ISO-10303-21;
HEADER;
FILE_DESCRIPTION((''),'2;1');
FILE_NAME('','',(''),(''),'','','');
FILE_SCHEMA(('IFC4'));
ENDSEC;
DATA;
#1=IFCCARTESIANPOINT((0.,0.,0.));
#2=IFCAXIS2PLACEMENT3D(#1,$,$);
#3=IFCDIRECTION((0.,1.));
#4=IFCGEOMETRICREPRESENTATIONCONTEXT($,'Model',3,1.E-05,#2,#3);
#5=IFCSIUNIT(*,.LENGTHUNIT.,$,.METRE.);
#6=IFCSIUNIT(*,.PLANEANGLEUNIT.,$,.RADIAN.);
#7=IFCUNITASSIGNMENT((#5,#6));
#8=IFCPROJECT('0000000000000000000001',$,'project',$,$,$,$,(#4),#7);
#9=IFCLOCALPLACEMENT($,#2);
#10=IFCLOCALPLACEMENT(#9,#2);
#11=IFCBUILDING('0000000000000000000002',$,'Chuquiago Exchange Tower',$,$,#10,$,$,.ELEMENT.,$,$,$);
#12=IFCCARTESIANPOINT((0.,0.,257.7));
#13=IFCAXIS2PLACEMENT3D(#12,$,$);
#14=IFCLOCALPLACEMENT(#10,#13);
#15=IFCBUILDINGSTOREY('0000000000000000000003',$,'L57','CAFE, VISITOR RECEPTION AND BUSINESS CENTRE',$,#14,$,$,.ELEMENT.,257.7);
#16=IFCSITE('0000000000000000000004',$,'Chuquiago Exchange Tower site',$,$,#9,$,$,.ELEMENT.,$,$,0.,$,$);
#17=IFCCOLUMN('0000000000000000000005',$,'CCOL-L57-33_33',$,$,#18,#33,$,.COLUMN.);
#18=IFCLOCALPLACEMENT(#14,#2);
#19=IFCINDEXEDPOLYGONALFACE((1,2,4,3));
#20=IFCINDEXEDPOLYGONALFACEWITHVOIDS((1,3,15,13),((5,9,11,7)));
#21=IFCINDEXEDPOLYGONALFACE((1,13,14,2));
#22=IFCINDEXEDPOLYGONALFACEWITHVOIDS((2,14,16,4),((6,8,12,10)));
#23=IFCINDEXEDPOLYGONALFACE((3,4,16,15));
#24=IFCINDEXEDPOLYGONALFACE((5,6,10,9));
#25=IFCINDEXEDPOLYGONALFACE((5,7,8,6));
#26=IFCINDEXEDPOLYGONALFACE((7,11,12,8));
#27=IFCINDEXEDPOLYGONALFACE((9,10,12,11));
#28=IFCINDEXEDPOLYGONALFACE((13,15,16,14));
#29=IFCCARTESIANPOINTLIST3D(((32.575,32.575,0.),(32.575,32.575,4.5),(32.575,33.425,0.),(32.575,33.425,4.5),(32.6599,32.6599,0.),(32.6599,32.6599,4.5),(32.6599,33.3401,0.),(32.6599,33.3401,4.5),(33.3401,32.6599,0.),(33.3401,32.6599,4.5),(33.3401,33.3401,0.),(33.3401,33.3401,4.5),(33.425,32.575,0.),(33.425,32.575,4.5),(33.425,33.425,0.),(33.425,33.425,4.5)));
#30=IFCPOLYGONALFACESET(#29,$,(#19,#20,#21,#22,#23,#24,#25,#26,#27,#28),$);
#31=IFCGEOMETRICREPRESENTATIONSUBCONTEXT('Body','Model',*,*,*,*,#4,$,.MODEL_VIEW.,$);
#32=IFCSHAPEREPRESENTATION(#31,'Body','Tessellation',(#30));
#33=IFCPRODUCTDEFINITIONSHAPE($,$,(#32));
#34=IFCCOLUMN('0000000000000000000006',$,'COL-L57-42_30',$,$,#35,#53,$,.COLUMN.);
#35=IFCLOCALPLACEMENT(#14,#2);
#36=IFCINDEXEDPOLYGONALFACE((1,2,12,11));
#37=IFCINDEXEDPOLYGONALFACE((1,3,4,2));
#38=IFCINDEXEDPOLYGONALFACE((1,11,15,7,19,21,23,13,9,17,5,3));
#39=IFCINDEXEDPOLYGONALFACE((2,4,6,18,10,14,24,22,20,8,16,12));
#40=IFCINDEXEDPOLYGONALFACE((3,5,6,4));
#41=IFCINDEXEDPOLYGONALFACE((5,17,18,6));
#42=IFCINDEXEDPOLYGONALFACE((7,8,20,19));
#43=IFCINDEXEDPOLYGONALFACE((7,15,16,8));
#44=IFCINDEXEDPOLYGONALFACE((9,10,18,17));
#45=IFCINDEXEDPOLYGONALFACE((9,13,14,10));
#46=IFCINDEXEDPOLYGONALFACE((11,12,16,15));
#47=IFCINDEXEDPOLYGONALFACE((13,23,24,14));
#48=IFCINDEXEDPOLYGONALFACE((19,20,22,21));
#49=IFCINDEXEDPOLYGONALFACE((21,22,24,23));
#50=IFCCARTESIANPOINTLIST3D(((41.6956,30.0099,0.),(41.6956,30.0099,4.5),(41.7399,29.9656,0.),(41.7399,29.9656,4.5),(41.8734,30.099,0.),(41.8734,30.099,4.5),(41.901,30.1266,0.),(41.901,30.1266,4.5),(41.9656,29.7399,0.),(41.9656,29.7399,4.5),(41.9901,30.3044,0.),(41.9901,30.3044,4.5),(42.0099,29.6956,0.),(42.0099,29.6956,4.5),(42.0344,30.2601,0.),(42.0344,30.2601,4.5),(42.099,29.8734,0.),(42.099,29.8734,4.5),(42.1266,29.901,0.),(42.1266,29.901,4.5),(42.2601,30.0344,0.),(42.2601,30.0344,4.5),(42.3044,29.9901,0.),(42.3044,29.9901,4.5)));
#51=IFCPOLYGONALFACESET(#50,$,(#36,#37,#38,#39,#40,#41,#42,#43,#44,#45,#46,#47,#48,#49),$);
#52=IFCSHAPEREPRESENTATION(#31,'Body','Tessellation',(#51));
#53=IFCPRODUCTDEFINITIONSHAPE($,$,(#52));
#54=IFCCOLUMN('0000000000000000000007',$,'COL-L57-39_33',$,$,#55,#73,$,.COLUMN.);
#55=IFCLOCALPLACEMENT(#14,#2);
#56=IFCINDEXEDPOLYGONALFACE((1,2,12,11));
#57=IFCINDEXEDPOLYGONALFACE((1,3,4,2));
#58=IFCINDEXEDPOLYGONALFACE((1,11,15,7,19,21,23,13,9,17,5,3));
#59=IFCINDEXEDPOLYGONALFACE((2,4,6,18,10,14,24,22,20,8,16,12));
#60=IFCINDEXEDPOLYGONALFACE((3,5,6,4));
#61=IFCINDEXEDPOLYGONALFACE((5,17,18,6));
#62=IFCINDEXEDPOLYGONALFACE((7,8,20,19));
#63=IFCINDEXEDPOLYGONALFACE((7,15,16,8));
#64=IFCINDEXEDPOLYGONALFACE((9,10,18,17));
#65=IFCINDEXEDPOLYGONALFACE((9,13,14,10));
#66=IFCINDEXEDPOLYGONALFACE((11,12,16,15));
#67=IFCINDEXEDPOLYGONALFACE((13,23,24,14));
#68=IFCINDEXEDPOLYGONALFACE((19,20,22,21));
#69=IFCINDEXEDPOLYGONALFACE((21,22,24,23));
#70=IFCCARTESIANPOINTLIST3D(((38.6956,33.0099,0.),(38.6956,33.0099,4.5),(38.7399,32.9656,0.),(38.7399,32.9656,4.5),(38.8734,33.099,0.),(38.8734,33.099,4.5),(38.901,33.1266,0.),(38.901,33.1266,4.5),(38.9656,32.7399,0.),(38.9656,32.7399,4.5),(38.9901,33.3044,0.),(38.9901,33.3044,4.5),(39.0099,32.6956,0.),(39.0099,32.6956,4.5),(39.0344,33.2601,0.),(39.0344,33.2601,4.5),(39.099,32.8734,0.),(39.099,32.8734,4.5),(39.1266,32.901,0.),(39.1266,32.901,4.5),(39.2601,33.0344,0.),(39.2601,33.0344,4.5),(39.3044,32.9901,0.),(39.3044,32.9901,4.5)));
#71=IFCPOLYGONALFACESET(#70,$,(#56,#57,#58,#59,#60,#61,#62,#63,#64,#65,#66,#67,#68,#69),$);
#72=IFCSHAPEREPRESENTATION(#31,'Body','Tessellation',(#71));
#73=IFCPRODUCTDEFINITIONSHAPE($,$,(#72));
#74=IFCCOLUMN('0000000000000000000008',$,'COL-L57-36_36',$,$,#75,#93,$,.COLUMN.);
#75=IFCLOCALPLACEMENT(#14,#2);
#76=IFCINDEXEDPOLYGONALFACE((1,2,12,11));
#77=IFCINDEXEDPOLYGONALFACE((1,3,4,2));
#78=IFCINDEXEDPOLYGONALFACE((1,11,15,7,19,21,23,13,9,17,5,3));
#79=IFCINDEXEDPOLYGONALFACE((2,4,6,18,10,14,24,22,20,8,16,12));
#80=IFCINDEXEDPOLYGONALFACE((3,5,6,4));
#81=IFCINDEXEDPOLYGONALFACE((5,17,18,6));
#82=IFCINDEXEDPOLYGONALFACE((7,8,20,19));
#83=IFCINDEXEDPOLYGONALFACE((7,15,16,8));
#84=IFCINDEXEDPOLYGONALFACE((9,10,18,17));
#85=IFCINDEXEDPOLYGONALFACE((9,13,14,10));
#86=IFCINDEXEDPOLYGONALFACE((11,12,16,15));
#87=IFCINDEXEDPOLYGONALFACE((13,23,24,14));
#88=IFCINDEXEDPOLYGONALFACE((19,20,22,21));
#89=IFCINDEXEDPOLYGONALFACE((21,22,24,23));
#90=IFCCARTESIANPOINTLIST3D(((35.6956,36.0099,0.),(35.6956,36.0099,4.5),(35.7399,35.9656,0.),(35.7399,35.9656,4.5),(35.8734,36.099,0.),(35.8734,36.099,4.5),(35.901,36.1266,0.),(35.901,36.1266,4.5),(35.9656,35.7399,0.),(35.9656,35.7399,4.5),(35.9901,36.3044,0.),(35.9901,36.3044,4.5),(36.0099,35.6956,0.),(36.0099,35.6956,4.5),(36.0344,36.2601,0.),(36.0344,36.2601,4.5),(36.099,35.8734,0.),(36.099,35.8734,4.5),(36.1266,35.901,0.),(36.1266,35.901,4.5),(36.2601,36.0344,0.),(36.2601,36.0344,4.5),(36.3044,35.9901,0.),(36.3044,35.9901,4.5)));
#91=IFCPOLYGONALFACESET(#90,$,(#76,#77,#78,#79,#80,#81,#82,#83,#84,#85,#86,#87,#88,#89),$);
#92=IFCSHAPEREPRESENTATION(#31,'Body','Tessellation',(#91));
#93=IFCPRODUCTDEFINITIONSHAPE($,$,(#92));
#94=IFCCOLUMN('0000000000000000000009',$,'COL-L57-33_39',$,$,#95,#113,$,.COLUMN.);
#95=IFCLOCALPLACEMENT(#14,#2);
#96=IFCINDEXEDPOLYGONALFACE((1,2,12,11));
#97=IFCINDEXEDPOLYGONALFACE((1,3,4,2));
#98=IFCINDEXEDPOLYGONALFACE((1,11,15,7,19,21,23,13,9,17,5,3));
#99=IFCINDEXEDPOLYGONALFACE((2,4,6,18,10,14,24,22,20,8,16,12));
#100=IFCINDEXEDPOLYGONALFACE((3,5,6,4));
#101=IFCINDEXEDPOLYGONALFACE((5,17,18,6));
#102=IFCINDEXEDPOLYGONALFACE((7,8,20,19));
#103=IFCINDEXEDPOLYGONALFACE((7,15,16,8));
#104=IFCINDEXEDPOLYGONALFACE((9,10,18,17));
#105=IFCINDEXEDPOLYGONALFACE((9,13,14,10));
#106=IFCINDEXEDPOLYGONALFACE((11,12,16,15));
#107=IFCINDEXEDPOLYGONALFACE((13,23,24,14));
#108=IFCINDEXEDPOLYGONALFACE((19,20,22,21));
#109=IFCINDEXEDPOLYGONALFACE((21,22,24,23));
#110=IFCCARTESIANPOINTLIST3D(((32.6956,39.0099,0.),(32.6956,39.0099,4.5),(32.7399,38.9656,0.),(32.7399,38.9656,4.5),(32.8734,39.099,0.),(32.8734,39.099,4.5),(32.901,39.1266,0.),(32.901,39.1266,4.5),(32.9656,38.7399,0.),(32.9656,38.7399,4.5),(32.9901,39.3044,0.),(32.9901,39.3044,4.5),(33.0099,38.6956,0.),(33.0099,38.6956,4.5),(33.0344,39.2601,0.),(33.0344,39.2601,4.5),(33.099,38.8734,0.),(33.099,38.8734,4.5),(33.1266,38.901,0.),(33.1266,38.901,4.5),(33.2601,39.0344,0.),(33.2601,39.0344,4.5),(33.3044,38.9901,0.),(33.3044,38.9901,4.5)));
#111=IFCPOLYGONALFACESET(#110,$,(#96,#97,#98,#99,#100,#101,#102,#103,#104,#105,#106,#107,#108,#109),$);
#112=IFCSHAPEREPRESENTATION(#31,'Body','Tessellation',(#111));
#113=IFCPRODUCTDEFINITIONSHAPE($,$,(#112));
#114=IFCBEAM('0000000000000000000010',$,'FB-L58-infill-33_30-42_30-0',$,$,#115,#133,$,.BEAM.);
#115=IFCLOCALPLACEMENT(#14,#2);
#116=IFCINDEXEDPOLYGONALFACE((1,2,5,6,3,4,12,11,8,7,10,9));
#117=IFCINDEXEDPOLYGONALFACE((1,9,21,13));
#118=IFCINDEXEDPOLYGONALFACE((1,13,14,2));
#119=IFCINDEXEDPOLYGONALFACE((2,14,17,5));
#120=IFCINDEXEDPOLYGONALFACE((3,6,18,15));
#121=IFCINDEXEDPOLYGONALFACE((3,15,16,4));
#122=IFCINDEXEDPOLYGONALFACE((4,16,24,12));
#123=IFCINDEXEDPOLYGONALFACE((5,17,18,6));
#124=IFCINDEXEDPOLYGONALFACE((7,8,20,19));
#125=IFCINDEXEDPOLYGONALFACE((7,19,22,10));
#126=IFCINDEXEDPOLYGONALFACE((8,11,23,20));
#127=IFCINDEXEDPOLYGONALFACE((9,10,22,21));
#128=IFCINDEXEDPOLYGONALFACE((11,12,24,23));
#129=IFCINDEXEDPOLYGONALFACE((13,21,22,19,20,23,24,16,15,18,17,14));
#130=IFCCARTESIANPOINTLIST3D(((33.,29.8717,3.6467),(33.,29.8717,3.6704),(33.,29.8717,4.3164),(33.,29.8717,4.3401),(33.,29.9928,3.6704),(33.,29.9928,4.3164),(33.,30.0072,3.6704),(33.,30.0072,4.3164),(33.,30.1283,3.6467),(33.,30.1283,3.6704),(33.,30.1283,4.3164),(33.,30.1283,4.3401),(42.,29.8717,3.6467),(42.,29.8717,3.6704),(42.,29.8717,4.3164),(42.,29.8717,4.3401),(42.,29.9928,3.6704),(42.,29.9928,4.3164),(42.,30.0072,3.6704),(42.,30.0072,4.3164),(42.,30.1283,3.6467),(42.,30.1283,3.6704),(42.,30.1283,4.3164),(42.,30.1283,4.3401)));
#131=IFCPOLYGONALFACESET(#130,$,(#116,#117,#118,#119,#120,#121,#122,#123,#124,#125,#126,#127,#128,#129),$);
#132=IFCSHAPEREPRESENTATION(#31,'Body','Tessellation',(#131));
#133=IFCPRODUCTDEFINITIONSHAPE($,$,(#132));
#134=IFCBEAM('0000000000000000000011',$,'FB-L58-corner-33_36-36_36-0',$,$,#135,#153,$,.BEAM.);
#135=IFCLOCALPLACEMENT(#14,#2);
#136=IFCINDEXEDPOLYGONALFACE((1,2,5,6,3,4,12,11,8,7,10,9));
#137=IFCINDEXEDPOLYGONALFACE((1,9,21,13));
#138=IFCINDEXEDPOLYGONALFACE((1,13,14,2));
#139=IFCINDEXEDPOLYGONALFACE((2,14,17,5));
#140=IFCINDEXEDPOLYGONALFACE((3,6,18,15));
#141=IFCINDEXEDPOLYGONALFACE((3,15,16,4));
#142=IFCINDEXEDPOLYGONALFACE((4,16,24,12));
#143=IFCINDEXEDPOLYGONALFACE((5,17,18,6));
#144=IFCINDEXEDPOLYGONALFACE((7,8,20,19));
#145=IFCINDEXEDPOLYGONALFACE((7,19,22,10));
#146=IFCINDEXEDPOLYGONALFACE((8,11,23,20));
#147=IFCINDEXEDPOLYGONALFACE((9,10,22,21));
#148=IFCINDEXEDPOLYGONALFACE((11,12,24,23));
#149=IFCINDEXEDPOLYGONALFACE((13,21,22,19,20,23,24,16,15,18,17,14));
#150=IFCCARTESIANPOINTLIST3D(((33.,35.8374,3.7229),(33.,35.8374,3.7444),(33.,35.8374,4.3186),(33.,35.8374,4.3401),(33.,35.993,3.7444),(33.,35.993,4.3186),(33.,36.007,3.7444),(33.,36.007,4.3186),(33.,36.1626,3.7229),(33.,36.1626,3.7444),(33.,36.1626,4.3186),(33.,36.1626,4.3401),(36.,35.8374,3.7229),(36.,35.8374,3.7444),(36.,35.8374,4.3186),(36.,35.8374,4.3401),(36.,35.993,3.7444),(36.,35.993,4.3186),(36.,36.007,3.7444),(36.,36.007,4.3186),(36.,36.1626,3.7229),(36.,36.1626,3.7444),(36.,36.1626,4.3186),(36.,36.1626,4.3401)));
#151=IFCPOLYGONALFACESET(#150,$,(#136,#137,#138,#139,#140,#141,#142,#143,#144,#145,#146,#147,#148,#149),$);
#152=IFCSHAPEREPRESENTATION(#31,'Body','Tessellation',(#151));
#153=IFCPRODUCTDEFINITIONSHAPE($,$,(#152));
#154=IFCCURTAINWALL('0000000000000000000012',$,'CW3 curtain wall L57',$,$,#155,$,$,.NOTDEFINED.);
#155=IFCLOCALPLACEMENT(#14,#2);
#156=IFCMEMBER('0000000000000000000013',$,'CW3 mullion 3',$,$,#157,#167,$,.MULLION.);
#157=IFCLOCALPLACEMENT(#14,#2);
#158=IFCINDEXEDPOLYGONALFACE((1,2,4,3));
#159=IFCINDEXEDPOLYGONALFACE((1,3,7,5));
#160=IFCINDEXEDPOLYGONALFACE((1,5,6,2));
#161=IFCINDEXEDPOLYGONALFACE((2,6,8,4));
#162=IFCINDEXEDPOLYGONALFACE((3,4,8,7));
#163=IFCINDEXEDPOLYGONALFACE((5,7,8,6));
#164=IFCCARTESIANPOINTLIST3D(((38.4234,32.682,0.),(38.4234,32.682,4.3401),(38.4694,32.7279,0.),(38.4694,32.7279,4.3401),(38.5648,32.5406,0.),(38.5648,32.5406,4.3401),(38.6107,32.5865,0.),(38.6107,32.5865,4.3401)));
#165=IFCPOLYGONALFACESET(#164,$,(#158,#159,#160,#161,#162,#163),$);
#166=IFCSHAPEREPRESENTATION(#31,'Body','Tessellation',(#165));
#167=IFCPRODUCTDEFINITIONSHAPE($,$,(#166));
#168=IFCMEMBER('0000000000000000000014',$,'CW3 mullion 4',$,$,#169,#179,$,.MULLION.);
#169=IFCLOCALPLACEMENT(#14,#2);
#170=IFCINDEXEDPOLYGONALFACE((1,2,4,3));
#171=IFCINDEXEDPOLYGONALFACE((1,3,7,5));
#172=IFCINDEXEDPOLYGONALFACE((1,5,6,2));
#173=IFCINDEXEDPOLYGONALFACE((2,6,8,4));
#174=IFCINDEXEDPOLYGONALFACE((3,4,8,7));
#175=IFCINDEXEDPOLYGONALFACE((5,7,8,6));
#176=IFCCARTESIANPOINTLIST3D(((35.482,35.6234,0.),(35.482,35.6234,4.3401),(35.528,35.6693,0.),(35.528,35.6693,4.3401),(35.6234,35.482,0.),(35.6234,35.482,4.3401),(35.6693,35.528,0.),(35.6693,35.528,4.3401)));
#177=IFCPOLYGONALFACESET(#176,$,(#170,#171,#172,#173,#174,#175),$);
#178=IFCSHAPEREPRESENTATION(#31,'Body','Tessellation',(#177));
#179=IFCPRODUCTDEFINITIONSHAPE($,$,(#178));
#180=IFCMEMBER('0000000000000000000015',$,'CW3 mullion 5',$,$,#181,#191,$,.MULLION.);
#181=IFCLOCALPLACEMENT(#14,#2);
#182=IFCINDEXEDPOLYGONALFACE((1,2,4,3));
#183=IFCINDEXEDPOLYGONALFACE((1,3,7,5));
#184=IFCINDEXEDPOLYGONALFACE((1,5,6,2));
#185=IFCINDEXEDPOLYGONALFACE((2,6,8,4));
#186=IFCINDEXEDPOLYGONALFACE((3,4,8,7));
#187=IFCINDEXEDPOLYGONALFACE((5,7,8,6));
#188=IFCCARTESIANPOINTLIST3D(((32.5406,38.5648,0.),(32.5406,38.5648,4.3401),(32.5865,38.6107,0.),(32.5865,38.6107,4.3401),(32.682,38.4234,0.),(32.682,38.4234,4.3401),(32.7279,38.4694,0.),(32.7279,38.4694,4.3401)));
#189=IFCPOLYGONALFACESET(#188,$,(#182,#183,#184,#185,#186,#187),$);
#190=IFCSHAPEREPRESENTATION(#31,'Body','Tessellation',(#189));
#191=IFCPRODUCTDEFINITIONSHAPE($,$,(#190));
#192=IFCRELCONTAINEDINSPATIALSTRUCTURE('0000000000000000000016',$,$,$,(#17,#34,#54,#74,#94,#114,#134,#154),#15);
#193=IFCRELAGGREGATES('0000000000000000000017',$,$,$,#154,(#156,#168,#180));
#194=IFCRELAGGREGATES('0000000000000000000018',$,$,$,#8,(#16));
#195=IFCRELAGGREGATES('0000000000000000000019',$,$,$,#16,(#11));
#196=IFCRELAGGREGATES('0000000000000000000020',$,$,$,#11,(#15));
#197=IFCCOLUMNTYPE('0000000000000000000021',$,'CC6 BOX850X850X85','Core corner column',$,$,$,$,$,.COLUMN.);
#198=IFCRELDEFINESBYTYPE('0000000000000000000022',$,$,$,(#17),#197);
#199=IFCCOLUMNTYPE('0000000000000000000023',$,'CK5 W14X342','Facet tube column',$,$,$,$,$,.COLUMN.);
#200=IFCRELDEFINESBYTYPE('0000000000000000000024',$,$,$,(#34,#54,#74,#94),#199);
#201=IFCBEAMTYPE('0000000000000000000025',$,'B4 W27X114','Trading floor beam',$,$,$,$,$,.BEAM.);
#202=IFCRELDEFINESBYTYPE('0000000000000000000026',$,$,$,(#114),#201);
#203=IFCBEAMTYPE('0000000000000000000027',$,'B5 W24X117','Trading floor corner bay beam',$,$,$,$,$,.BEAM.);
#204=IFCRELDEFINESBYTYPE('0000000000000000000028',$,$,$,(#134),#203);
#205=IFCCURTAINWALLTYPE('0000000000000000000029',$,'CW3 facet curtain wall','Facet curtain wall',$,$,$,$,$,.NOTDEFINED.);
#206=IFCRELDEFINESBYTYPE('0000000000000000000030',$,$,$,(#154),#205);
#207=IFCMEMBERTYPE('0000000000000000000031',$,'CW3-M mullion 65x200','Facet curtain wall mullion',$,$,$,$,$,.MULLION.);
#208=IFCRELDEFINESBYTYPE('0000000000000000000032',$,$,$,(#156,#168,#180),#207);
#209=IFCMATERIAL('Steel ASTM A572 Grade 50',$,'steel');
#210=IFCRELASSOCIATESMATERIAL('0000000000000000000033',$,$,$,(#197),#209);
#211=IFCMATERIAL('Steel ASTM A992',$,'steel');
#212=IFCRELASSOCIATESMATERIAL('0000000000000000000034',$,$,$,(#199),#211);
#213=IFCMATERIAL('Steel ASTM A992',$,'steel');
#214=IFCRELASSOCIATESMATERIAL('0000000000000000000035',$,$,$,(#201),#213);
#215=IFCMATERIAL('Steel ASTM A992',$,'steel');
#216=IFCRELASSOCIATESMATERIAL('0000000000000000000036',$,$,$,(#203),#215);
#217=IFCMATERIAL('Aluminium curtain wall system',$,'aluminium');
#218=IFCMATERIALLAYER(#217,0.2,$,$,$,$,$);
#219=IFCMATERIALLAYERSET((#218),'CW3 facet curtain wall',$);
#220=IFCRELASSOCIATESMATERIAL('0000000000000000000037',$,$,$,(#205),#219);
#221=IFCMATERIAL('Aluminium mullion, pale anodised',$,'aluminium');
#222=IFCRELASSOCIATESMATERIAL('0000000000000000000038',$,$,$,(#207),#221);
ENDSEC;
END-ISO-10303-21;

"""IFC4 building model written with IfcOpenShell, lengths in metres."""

from ifc_helpers import new_model, si_unit, direction, frame, origin, origin_2d, place, context, subcontext, project, spatial, rectangle, hollow_rectangle, i_section, extrude, material, layer, layer_set, material_profile, profile_set, type_object, element, aggregate, save


model = new_model("IFC4")

# Units and contexts
model_context = context("Model", 3, precision=1e-05, world=origin(), true_north=direction((0.0, 1.0)))
body_context = subcontext(model_context, "Body", "Model", "MODEL_VIEW")
ifc_project = project(units=[si_unit("LENGTHUNIT", "METRE"), si_unit("PLANEANGLEUNIT", "RADIAN")], contexts=[model_context])

# Site, building, storey
site_placement = place(None, origin())
site = spatial("IfcSite", under=ifc_project, at=site_placement, Name="Chuquiago Exchange Tower site", CompositionType="ELEMENT", RefElevation=0.0)
building_placement = place(site_placement, origin())
building = spatial("IfcBuilding", under=site, at=building_placement, Name="Chuquiago Exchange Tower", CompositionType="ELEMENT")
storey_placement = place(building_placement, frame((0.0, 0.0, 257.7)))
storey = spatial("IfcBuildingStorey", under=building, at=storey_placement, Name="L57", Description="CAFE, VISITOR RECEPTION AND BUSINESS CENTRE", CompositionType="ELEMENT", Elevation=257.7)

# Columns
ifc_material_1 = material(Name="Steel ASTM A572 Grade 50", Category="steel")
ifc_material_profile_1 = material_profile(ifc_material_1, hollow_rectangle(XDim=0.8501, YDim=0.8501, WallThickness=0.085, at=origin_2d()), Name="BOX850X850X85")
ifc_profile_set_1 = profile_set([ifc_material_profile_1], Name="Steel ASTM A572 Grade 50")
column_type_1 = type_object("IfcColumnType", Name="CC6 BOX850X850X85", Description="Core corner column", PredefinedType="COLUMN", material=ifc_profile_set_1)
column_placement = place(storey_placement, frame((33.0, 33.0, 0.0), z_axis=(0.0, 0.0, 1.0), x_axis=(1.0, 0.0, 0.0)))
element("IfcColumn", 1, at=column_placement, inside=storey, type_object=column_type_1, Name="CCOL-L57-33_33", PredefinedType="COLUMN", context=body_context, shape_type="SweptSolid", body=[
    extrude(hollow_rectangle(XDim=0.8501, YDim=0.8501, WallThickness=0.085, at=origin_2d()), origin(), (0.0, 0.0, 1.0), 4.5),
])
ifc_material_2 = material(Name="Steel ASTM A992", Category="steel")
ifc_material_profile_2 = material_profile(ifc_material_2, i_section(OverallWidth=0.4165, OverallDepth=0.4446, WebThickness=0.0391, FlangeThickness=0.0627, at=origin_2d()), Name="W14X342")
ifc_profile_set_2 = profile_set([ifc_material_profile_2], Name="Steel ASTM A992")
column_type_2 = type_object("IfcColumnType", Name="CK5 W14X342", Description="Facet tube column", PredefinedType="COLUMN", material=ifc_profile_set_2)
for number, where, z_axis, x_axis, name in (
    (2, (42.0, 30.0, 0.0), (0.0, 0.0, 1.0), (0.707107, 0.707107, 0.0), "COL-L57-42_30"),
    (3, (39.0, 33.0, 0.0), (0.0, 0.0, 1.0), (0.707107, 0.707107, 0.0), "COL-L57-39_33"),
    (4, (36.0, 36.0, 0.0), (0.0, 0.0, 1.0), (0.707107, 0.707107, 0.0), "COL-L57-36_36"),
    (5, (33.0, 39.0, 0.0), (0.0, 0.0, 1.0), (0.707107, 0.707107, 0.0), "COL-L57-33_39"),
):
    element("IfcColumn", number, at=place(storey_placement, frame(where, z_axis=z_axis, x_axis=x_axis)), inside=storey, type_object=column_type_2, Name=name, PredefinedType="COLUMN", context=body_context, shape_type="SweptSolid", body=[
        extrude(i_section(OverallWidth=0.4165, OverallDepth=0.4446, WebThickness=0.0391, FlangeThickness=0.0627, at=origin_2d()), origin(), (0.0, 0.0, 1.0), 4.5),
    ])

# Beams
ifc_material_3 = material(Name="Steel ASTM A992", Category="steel")
ifc_material_profile_3 = material_profile(ifc_material_3, i_section(OverallWidth=0.2566, OverallDepth=0.6934, WebThickness=0.0144, FlangeThickness=0.0237, at=origin_2d()), Name="W27X114")
ifc_profile_set_3 = profile_set([ifc_material_profile_3], Name="Steel ASTM A992")
beam_type_1 = type_object("IfcBeamType", Name="B4 W27X114", Description="Trading floor beam", PredefinedType="BEAM", material=ifc_profile_set_3)
beam_1_placement = place(storey_placement, frame((33.0, 30.0, 3.9934), z_axis=(1.0, 0.0, 0.0), x_axis=(0.0, 1.0, 0.0)))
element("IfcBeam", 6, at=beam_1_placement, inside=storey, type_object=beam_type_1, Name="FB-L58-infill-33_30-42_30-0", PredefinedType="BEAM", context=body_context, shape_type="SweptSolid", body=[
    extrude(i_section(OverallWidth=0.2566, OverallDepth=0.6934, WebThickness=0.0144, FlangeThickness=0.0237, at=origin_2d()), origin(), (0.0, 0.0, 1.0), 9.0),
])
ifc_material_4 = material(Name="Steel ASTM A992", Category="steel")
ifc_material_profile_4 = material_profile(ifc_material_4, i_section(OverallWidth=0.3252, OverallDepth=0.6172, WebThickness=0.0139, FlangeThickness=0.0215, at=origin_2d()), Name="W24X117")
ifc_profile_set_4 = profile_set([ifc_material_profile_4], Name="Steel ASTM A992")
beam_type_2 = type_object("IfcBeamType", Name="B5 W24X117", Description="Trading floor corner bay beam", PredefinedType="BEAM", material=ifc_profile_set_4)
beam_2_placement = place(storey_placement, frame((33.0, 36.0, 4.0315), z_axis=(1.0, 0.0, 0.0), x_axis=(0.0, 1.0, 0.0)))
element("IfcBeam", 7, at=beam_2_placement, inside=storey, type_object=beam_type_2, Name="FB-L58-corner-33_36-36_36-0", PredefinedType="BEAM", context=body_context, shape_type="SweptSolid", body=[
    extrude(i_section(OverallWidth=0.3252, OverallDepth=0.6172, WebThickness=0.0139, FlangeThickness=0.0215, at=origin_2d()), origin(), (0.0, 0.0, 1.0), 3.0),
])

# Curtain wall, members
ifc_material_5 = material(Name="Aluminium curtain wall system", Category="aluminium")
ifc_layer_1 = layer(ifc_material_5, 0.2)
ifc_layer_set_1 = layer_set([ifc_layer_1], Name="CW3 facet curtain wall")
curtain_wall_type = type_object("IfcCurtainWallType", Name="CW3 facet curtain wall", Description="Facet curtain wall", PredefinedType="NOTDEFINED", material=ifc_layer_set_1)
curtain_wall_placement = place(storey_placement, origin())
curtain_wall = element("IfcCurtainWall", 8, at=curtain_wall_placement, inside=storey, type_object=curtain_wall_type, Name="CW3 curtain wall L57", PredefinedType="NOTDEFINED")
ifc_material_6 = material(Name="Aluminium mullion, pale anodised", Category="aluminium")
ifc_material_profile_5 = material_profile(ifc_material_6, rectangle(XDim=0.0649, YDim=0.2, at=origin_2d()), Name="AL 65x200")
ifc_profile_set_5 = profile_set([ifc_material_profile_5], Name="Aluminium mullion, pale anodised")
member_type_1 = type_object("IfcMemberType", Name="CW3-M mullion 65x200", Description="Facet curtain wall mullion", PredefinedType="MULLION", material=ifc_profile_set_5)
member_1_placement = place(storey_placement, frame((38.5171, 32.6343, 0.0), z_axis=(0.0, 0.0, 1.0), x_axis=(-0.707107, -0.707107, 0.0)))
member_1 = element("IfcMember", 9, at=member_1_placement, type_object=member_type_1, Name="CW3 mullion 3", PredefinedType="MULLION", context=body_context, shape_type="SweptSolid", body=[
    extrude(rectangle(XDim=0.0649, YDim=0.2, at=origin_2d()), origin(), (0.0, 0.0, 1.0), 4.3401),
])
member_2_placement = place(storey_placement, frame((35.5757, 35.5757, 0.0), z_axis=(0.0, 0.0, 1.0), x_axis=(-0.707107, -0.707107, 0.0)))
member_2 = element("IfcMember", 10, at=member_2_placement, type_object=member_type_1, Name="CW3 mullion 4", PredefinedType="MULLION", context=body_context, shape_type="SweptSolid", body=[
    extrude(rectangle(XDim=0.0649, YDim=0.2, at=origin_2d()), origin(), (0.0, 0.0, 1.0), 4.3401),
])
member_3_placement = place(storey_placement, frame((32.6343, 38.5171, 0.0), z_axis=(0.0, 0.0, 1.0), x_axis=(-0.707107, -0.707107, 0.0)))
member_3 = element("IfcMember", 11, at=member_3_placement, type_object=member_type_1, Name="CW3 mullion 5", PredefinedType="MULLION", context=body_context, shape_type="SweptSolid", body=[
    extrude(rectangle(XDim=0.0649, YDim=0.2, at=origin_2d()), origin(), (0.0, 0.0, 1.0), 4.3401),
])

aggregate(curtain_wall, [member_1, member_2, member_3])

save(model, "model.ifc")
